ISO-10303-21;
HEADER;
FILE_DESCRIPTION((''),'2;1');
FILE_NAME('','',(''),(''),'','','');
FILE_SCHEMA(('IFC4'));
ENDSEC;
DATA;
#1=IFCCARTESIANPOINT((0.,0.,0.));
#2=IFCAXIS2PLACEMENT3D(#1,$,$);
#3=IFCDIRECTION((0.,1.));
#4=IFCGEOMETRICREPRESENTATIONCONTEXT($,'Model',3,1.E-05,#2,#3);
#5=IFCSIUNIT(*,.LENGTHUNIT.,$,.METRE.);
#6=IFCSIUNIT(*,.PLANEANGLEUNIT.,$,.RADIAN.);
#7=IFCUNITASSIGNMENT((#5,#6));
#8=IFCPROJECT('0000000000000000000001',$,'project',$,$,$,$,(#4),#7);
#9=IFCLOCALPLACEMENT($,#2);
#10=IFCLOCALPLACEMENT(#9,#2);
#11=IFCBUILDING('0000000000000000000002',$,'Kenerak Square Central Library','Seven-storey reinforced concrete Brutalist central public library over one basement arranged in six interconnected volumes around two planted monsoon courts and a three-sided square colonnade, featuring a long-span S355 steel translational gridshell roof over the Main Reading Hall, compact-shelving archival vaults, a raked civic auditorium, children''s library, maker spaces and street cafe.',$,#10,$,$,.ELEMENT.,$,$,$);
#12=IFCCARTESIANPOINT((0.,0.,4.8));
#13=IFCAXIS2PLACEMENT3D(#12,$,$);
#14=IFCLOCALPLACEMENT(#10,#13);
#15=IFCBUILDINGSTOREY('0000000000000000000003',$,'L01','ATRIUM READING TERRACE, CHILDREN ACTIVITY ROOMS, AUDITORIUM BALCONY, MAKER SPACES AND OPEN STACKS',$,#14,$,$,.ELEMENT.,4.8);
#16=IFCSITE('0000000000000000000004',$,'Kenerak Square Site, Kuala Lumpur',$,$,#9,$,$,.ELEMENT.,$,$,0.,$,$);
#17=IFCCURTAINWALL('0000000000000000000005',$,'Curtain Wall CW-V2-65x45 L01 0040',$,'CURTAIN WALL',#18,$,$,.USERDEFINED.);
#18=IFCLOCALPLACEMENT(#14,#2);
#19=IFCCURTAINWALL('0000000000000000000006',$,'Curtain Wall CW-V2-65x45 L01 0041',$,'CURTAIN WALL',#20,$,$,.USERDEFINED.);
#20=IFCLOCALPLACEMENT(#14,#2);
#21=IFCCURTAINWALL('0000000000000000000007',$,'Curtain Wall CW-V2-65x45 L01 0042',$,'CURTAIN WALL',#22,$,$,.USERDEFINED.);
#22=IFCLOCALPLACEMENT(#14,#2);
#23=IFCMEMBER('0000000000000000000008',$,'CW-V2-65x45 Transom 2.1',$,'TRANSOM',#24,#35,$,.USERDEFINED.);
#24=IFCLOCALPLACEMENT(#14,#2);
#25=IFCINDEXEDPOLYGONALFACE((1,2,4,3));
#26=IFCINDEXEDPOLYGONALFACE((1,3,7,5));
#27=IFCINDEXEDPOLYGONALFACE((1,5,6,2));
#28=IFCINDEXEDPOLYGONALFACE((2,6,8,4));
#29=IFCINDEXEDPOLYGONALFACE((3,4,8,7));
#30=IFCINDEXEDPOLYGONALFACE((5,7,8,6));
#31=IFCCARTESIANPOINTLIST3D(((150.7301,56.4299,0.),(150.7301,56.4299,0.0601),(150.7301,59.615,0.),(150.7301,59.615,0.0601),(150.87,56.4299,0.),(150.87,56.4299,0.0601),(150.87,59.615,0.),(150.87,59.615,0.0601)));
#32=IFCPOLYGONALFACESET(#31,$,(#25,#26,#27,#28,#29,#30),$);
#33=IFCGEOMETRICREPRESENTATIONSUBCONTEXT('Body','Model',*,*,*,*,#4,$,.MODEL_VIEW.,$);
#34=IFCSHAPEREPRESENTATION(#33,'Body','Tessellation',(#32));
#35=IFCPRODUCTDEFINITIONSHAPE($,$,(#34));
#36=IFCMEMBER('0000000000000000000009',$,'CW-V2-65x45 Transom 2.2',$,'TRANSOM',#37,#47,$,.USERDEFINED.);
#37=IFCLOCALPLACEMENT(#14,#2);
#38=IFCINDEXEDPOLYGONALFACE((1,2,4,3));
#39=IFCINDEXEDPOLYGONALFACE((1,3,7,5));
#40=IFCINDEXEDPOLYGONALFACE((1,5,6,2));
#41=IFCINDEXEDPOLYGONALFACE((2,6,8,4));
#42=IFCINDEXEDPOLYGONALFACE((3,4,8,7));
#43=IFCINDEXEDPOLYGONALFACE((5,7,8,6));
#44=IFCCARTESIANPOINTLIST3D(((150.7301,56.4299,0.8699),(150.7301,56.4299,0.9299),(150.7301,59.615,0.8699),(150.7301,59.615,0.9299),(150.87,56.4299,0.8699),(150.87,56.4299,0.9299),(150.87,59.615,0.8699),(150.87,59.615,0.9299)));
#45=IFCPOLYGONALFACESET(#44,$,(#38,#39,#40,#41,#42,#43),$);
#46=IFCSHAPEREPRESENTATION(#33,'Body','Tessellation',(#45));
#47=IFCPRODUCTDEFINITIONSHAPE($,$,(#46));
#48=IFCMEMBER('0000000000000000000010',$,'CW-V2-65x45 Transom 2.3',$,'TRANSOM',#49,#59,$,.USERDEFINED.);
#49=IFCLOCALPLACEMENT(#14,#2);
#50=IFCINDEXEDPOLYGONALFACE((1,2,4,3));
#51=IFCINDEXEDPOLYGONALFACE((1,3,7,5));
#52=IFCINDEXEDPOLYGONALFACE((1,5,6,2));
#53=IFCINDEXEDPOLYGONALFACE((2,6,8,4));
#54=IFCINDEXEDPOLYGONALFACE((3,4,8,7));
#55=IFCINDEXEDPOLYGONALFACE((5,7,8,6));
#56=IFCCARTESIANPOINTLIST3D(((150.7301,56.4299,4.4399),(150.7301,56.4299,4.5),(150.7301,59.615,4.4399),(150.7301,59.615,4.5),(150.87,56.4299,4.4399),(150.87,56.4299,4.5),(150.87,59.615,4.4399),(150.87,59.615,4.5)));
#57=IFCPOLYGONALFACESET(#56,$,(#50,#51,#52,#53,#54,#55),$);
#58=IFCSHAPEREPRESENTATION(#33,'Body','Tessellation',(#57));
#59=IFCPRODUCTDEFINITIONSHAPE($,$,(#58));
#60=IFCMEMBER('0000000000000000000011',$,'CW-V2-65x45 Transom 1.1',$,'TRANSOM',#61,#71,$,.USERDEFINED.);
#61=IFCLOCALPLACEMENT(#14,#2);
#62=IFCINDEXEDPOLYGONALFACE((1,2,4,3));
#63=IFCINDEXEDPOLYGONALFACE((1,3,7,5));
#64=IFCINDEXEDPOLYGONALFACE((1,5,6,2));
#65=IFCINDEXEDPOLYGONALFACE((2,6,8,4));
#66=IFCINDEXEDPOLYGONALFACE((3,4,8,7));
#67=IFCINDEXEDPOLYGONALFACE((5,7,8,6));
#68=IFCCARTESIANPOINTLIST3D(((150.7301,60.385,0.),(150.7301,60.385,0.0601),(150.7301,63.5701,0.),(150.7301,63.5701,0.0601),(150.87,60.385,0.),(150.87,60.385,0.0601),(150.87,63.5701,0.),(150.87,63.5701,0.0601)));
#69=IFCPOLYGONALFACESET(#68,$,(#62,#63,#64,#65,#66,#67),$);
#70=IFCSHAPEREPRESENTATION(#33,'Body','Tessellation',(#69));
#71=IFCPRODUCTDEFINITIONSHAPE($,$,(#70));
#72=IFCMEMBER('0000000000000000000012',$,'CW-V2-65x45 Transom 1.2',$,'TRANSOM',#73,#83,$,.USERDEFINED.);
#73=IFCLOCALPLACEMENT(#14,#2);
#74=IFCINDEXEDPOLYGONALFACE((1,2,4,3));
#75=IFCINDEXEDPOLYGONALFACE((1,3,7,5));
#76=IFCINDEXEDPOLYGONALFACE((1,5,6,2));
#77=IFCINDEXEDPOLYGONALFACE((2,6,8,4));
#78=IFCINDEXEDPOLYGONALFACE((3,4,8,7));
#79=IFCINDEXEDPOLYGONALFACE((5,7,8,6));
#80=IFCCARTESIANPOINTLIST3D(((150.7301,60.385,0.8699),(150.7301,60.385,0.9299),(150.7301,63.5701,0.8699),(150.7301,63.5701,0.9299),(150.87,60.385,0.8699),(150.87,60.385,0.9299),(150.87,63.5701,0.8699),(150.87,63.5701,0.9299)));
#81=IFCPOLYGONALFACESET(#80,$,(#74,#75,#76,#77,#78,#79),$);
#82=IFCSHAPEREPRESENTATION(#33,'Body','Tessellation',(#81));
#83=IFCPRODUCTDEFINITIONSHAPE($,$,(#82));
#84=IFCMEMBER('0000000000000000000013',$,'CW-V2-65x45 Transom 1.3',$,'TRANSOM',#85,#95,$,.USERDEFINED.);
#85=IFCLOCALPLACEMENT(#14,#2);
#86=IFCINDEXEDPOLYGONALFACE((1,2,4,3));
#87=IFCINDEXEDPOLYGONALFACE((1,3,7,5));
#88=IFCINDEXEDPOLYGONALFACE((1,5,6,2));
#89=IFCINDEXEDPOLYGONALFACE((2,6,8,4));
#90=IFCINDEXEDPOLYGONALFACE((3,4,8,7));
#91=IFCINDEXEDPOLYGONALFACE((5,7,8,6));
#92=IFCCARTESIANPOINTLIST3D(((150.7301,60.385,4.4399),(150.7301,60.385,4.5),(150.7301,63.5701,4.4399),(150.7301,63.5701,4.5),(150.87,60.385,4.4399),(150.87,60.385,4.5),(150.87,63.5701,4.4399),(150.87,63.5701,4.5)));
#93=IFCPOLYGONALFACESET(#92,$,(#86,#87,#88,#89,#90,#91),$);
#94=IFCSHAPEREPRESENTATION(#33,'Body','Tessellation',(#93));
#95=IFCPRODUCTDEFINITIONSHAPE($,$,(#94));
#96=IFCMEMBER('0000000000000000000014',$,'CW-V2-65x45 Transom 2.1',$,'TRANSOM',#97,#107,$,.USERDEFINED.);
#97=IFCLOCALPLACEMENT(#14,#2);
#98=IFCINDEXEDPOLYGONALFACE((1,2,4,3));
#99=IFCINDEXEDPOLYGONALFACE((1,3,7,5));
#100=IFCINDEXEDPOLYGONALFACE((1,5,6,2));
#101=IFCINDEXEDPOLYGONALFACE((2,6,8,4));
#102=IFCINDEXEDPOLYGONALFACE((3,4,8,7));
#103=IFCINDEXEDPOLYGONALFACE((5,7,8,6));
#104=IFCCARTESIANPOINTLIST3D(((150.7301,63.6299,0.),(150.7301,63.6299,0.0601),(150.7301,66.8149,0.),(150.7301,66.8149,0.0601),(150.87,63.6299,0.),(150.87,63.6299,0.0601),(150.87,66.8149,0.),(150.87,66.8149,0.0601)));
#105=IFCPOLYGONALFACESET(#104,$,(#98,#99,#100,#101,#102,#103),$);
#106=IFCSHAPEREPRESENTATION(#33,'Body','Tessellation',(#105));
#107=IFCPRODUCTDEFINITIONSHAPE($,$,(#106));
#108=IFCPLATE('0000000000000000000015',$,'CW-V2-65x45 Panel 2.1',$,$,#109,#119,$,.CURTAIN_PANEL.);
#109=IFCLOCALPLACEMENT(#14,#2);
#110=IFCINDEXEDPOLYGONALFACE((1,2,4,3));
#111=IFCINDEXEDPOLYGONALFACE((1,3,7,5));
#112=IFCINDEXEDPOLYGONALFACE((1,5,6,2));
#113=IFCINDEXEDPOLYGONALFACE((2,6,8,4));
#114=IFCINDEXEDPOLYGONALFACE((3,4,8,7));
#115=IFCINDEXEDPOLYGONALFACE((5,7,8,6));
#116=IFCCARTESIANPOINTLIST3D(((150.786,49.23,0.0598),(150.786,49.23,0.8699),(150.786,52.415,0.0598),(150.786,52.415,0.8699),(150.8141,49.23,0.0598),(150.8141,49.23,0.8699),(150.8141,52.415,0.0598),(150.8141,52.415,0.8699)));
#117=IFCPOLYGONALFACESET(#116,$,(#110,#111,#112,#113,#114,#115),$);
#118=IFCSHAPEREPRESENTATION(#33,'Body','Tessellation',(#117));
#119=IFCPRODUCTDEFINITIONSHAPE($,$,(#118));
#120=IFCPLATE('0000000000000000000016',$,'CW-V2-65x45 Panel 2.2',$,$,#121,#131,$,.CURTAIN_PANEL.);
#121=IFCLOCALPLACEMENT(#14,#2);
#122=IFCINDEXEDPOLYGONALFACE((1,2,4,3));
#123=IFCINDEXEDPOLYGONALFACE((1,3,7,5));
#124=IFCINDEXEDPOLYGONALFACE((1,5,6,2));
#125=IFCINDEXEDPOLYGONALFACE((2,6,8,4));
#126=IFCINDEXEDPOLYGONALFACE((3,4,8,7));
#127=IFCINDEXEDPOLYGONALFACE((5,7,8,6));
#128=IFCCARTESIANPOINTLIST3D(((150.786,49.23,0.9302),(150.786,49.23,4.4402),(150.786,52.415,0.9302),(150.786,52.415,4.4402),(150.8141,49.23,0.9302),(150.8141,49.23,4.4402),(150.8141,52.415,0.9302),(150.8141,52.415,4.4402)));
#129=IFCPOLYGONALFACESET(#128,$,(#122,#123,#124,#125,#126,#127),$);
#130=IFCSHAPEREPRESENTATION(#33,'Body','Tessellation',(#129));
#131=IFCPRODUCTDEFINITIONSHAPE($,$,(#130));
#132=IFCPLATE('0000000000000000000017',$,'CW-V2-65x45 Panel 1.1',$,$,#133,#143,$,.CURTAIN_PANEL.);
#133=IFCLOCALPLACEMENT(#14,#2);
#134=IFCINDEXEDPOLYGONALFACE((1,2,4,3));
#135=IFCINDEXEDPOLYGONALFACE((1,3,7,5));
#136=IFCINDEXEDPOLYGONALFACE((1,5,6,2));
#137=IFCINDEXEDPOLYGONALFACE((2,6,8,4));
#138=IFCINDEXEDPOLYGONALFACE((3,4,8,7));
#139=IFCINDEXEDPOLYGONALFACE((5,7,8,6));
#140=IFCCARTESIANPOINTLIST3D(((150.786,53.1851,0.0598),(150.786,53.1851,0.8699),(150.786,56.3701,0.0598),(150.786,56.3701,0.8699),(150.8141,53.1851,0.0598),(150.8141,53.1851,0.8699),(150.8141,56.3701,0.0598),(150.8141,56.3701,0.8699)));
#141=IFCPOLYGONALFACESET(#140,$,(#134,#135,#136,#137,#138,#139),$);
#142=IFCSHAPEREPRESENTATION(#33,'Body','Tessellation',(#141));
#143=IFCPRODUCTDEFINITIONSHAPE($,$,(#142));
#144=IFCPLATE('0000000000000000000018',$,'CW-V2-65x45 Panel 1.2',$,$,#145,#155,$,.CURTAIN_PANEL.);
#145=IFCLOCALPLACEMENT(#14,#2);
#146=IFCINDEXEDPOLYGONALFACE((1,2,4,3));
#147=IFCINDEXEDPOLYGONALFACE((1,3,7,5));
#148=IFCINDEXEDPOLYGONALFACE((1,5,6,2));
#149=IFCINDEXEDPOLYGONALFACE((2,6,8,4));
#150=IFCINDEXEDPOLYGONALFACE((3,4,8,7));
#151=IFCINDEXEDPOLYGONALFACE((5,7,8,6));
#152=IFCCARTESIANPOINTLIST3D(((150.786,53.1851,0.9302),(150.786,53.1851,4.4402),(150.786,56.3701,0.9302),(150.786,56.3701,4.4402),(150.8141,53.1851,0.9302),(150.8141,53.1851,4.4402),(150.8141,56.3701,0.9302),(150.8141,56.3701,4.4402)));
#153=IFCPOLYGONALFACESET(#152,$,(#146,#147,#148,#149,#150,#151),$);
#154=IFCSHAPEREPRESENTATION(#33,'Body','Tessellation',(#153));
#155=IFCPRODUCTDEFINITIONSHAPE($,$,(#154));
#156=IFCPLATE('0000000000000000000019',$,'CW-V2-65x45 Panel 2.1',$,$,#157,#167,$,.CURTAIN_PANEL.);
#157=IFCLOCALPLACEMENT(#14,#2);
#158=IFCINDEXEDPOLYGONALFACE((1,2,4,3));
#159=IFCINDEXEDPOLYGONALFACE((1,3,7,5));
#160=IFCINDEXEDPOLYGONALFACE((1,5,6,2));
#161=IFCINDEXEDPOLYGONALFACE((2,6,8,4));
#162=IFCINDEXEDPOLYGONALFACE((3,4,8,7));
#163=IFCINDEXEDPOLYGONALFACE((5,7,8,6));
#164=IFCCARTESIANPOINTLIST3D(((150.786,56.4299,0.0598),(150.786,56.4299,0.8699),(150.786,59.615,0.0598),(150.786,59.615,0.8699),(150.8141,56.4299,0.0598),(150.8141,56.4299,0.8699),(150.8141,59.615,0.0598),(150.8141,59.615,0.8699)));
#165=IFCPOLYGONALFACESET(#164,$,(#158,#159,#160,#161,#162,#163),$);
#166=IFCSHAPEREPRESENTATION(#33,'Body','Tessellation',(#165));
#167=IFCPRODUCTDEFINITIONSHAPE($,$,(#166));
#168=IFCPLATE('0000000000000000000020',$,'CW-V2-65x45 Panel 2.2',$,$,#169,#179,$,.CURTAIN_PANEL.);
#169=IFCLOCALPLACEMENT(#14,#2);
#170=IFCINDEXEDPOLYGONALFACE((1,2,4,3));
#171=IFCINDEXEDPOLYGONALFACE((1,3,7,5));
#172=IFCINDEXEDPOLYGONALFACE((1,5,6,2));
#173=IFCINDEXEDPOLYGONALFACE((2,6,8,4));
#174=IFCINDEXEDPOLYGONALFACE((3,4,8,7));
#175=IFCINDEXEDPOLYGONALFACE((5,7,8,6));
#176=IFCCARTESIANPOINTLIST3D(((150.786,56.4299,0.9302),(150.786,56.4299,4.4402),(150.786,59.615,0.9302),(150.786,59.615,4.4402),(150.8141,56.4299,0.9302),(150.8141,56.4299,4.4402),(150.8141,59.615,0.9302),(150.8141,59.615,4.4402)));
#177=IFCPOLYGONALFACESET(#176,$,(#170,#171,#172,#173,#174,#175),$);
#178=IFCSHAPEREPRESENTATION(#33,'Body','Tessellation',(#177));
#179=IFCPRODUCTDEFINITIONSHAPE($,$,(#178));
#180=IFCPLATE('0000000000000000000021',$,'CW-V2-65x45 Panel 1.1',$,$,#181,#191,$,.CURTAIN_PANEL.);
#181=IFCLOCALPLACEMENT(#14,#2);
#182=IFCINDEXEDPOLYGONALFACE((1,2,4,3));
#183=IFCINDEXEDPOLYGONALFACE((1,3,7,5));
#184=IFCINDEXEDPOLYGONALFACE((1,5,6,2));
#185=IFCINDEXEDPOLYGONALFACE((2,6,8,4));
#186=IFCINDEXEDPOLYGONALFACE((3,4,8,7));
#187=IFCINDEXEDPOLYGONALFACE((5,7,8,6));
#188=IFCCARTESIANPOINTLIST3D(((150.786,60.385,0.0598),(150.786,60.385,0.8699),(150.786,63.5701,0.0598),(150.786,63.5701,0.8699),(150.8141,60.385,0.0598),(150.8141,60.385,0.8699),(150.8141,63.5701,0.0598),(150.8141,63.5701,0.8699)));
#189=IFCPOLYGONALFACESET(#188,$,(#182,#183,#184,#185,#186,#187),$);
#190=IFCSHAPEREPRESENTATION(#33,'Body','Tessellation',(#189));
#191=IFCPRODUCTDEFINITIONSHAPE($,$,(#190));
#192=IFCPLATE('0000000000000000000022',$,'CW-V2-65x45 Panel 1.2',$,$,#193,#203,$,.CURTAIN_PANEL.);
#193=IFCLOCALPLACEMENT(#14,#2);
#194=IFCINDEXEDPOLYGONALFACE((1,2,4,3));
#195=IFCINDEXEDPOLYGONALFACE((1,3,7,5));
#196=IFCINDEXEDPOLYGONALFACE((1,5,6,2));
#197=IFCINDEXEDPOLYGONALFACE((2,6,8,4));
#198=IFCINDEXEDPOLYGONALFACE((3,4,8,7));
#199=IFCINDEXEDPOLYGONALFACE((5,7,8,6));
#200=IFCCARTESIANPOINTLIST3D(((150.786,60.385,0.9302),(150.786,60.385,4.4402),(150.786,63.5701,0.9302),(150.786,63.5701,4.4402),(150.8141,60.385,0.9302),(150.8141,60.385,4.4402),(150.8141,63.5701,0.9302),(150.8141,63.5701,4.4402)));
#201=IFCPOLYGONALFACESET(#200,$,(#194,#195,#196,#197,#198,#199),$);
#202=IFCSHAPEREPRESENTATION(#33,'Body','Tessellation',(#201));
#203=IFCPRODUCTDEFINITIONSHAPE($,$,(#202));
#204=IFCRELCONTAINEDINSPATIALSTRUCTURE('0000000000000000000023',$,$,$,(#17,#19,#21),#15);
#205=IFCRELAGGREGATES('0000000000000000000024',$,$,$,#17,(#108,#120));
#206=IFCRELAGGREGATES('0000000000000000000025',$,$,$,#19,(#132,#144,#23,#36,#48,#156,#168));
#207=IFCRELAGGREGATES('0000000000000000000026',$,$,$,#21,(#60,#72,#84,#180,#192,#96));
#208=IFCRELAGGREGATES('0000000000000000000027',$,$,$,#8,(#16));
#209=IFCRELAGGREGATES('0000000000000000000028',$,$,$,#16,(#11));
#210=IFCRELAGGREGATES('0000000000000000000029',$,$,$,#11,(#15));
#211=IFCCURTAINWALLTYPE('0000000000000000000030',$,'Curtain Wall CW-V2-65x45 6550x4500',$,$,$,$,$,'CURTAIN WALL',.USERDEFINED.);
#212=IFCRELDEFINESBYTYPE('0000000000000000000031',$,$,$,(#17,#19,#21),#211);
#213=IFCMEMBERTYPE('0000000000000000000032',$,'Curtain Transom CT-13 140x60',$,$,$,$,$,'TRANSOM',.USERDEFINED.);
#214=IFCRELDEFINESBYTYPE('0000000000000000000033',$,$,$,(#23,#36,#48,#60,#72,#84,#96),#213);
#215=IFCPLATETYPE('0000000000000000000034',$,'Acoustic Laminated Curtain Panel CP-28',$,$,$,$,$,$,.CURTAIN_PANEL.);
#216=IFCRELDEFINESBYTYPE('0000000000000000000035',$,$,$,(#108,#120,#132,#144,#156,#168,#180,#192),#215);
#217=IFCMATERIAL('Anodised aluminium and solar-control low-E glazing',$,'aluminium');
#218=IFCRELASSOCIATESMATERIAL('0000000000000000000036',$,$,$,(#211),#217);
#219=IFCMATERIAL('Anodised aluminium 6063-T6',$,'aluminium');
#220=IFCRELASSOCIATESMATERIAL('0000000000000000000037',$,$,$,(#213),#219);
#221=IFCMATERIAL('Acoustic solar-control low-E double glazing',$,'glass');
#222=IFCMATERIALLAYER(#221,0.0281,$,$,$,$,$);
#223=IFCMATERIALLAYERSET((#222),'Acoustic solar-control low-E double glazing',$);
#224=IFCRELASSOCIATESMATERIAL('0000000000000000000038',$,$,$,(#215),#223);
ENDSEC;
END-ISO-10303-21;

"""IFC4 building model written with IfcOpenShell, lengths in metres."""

from ifc_helpers import new_model, si_unit, direction, frame, origin, origin_2d, place, context, subcontext, project, spatial, rectangle, extrude, material, layer, layer_set, material_profile, profile_set, type_object, element, aggregate, save


model = new_model("IFC4")

# Units and contexts
model_context = context("Model", 3, precision=1e-05, world=origin(), true_north=direction((0.0, 1.0)))
body_context = subcontext(model_context, "Body", "Model", "MODEL_VIEW")
ifc_project = project(units=[si_unit("LENGTHUNIT", "METRE"), si_unit("PLANEANGLEUNIT", "RADIAN")], contexts=[model_context])

# Site, building, storey
site_placement = place(None, origin())
site = spatial("IfcSite", under=ifc_project, at=site_placement, Name="Kenerak Square Site, Kuala Lumpur", CompositionType="ELEMENT", RefElevation=0.0)
building_placement = place(site_placement, origin())
building = spatial("IfcBuilding", under=site, at=building_placement, Name="Kenerak Square Central Library", Description="Seven-storey reinforced concrete Brutalist central public library over one basement arranged in six interconnected volumes around two planted monsoon courts and a three-sided square colonnade, featuring a long-span S355 steel translational gridshell roof over the Main Reading Hall, compact-shelving archival vaults, a raked civic auditorium, children's library, maker spaces and street cafe.", CompositionType="ELEMENT")
storey_placement = place(building_placement, frame((0.0, 0.0, 4.8)))
storey = spatial("IfcBuildingStorey", under=building, at=storey_placement, Name="L01", Description="ATRIUM READING TERRACE, CHILDREN ACTIVITY ROOMS, AUDITORIUM BALCONY, MAKER SPACES AND OPEN STACKS", CompositionType="ELEMENT", Elevation=4.8)

# Curtain wall
ifc_material_1 = material(Name="Anodised aluminium and solar-control low-E glazing", Category="aluminium")
curtain_wall_type = type_object("IfcCurtainWallType", Name="Curtain Wall CW-V2-65x45 6550x4500", ElementType="CURTAIN WALL", PredefinedType="USERDEFINED", material=ifc_material_1)
curtain_wall_1_placement = place(storey_placement, origin())
curtain_wall_1 = element("IfcCurtainWall", 1, at=curtain_wall_1_placement, inside=storey, type_object=curtain_wall_type, Name="Curtain Wall CW-V2-65x45 L01 0040", ObjectType="CURTAIN WALL", PredefinedType="USERDEFINED")
ifc_material_2 = material(Name="Anodised aluminium 6063-T6", Category="aluminium")

# Curtain walls
curtain_wall_2_placement = place(storey_placement, origin())
curtain_wall_2 = element("IfcCurtainWall", 2, at=curtain_wall_2_placement, inside=storey, type_object=curtain_wall_type, Name="Curtain Wall CW-V2-65x45 L01 0041", ObjectType="CURTAIN WALL", PredefinedType="USERDEFINED")
curtain_wall_3_placement = place(storey_placement, origin())
curtain_wall_3 = element("IfcCurtainWall", 3, at=curtain_wall_3_placement, inside=storey, type_object=curtain_wall_type, Name="Curtain Wall CW-V2-65x45 L01 0042", ObjectType="CURTAIN WALL", PredefinedType="USERDEFINED")

# Members
ifc_material_profile_1 = material_profile(ifc_material_2, rectangle(XDim=0.1399, YDim=0.0601, at=origin_2d()), Name="AL TRANSOM 140x60")
ifc_profile_set_1 = profile_set([ifc_material_profile_1], Name="Anodised aluminium 6063-T6")
member_type_1 = type_object("IfcMemberType", Name="Curtain Transom CT-13 140x60", ElementType="TRANSOM", PredefinedType="USERDEFINED", material=ifc_profile_set_1)
member_1_placement = place(storey_placement, frame((150.8, 56.4299, 0.03), z_axis=(0.0, 1.0, 0.0), x_axis=(-1.0, 0.0, 0.0)))
member_1 = element("IfcMember", 4, at=member_1_placement, type_object=member_type_1, Name="CW-V2-65x45 Transom 2.1", ObjectType="TRANSOM", PredefinedType="USERDEFINED", context=body_context, shape_type="SweptSolid", body=[
    extrude(rectangle(XDim=0.1399, YDim=0.0601, at=origin_2d()), origin(), (0.0, 0.0, 1.0), 3.1851),
])
member_2_placement = place(storey_placement, frame((150.8, 56.4299, 0.8999), z_axis=(0.0, 1.0, 0.0), x_axis=(-1.0, 0.0, 0.0)))
member_2 = element("IfcMember", 5, at=member_2_placement, type_object=member_type_1, Name="CW-V2-65x45 Transom 2.2", ObjectType="TRANSOM", PredefinedType="USERDEFINED", context=body_context, shape_type="SweptSolid", body=[
    extrude(rectangle(XDim=0.1399, YDim=0.0601, at=origin_2d()), origin(), (0.0, 0.0, 1.0), 3.1851),
])
member_3_placement = place(storey_placement, frame((150.8, 56.4299, 4.47), z_axis=(0.0, 1.0, 0.0), x_axis=(-1.0, 0.0, 0.0)))
member_3 = element("IfcMember", 6, at=member_3_placement, type_object=member_type_1, Name="CW-V2-65x45 Transom 2.3", ObjectType="TRANSOM", PredefinedType="USERDEFINED", context=body_context, shape_type="SweptSolid", body=[
    extrude(rectangle(XDim=0.1399, YDim=0.0601, at=origin_2d()), origin(), (0.0, 0.0, 1.0), 3.1851),
])
member_4_placement = place(storey_placement, frame((150.8, 60.385, 0.03), z_axis=(0.0, 1.0, 0.0), x_axis=(-1.0, 0.0, 0.0)))
member_4 = element("IfcMember", 7, at=member_4_placement, type_object=member_type_1, Name="CW-V2-65x45 Transom 1.1", ObjectType="TRANSOM", PredefinedType="USERDEFINED", context=body_context, shape_type="SweptSolid", body=[
    extrude(rectangle(XDim=0.1399, YDim=0.0601, at=origin_2d()), origin(), (0.0, 0.0, 1.0), 3.1851),
])
member_5_placement = place(storey_placement, frame((150.8, 60.385, 0.8999), z_axis=(0.0, 1.0, 0.0), x_axis=(-1.0, 0.0, 0.0)))
member_5 = element("IfcMember", 8, at=member_5_placement, type_object=member_type_1, Name="CW-V2-65x45 Transom 1.2", ObjectType="TRANSOM", PredefinedType="USERDEFINED", context=body_context, shape_type="SweptSolid", body=[
    extrude(rectangle(XDim=0.1399, YDim=0.0601, at=origin_2d()), origin(), (0.0, 0.0, 1.0), 3.1851),
])
member_6_placement = place(storey_placement, frame((150.8, 60.385, 4.47), z_axis=(0.0, 1.0, 0.0), x_axis=(-1.0, 0.0, 0.0)))
member_6 = element("IfcMember", 9, at=member_6_placement, type_object=member_type_1, Name="CW-V2-65x45 Transom 1.3", ObjectType="TRANSOM", PredefinedType="USERDEFINED", context=body_context, shape_type="SweptSolid", body=[
    extrude(rectangle(XDim=0.1399, YDim=0.0601, at=origin_2d()), origin(), (0.0, 0.0, 1.0), 3.1851),
])
member_7_placement = place(storey_placement, frame((150.8, 63.6299, 0.03), z_axis=(0.0, 1.0, 0.0), x_axis=(-1.0, 0.0, 0.0)))
member_7 = element("IfcMember", 10, at=member_7_placement, type_object=member_type_1, Name="CW-V2-65x45 Transom 2.1", ObjectType="TRANSOM", PredefinedType="USERDEFINED", context=body_context, shape_type="SweptSolid", body=[
    extrude(rectangle(XDim=0.1399, YDim=0.0601, at=origin_2d()), origin(), (0.0, 0.0, 1.0), 3.1851),
])

# Plates
ifc_material_3 = material(Name="Acoustic solar-control low-E double glazing", Category="glass")
ifc_layer = layer(ifc_material_3, 0.0281)
ifc_layer_set = layer_set([ifc_layer], Name="Acoustic solar-control low-E double glazing")
plate_type = type_object("IfcPlateType", Name="Acoustic Laminated Curtain Panel CP-28", PredefinedType="CURTAIN_PANEL", material=ifc_layer_set)
plate_1_placement = place(storey_placement, frame((150.8, 50.8225, 0.0598), z_axis=(0.0, 0.0, 1.0), x_axis=(0.0, 1.0, 0.0)))
plate_1 = element("IfcPlate", 11, at=plate_1_placement, type_object=plate_type, Name="CW-V2-65x45 Panel 2.1", PredefinedType="CURTAIN_PANEL", context=body_context, shape_type="SweptSolid", body=[
    extrude(rectangle(XDim=3.1851, YDim=0.0281, at=origin_2d()), origin(), (0.0, 0.0, 1.0), 0.8101),
])
plate_2_placement = place(storey_placement, frame((150.8, 50.8225, 0.9302), z_axis=(0.0, 0.0, 1.0), x_axis=(0.0, 1.0, 0.0)))
plate_2 = element("IfcPlate", 12, at=plate_2_placement, type_object=plate_type, Name="CW-V2-65x45 Panel 2.2", PredefinedType="CURTAIN_PANEL", context=body_context, shape_type="SweptSolid", body=[
    extrude(rectangle(XDim=3.1851, YDim=0.0281, at=origin_2d()), origin(), (0.0, 0.0, 1.0), 3.51),
])
aggregate(curtain_wall_1, [plate_1, plate_2])
plate_3_placement = place(storey_placement, frame((150.8, 54.7776, 0.0598), z_axis=(0.0, 0.0, 1.0), x_axis=(0.0, 1.0, 0.0)))
plate_3 = element("IfcPlate", 13, at=plate_3_placement, type_object=plate_type, Name="CW-V2-65x45 Panel 1.1", PredefinedType="CURTAIN_PANEL", context=body_context, shape_type="SweptSolid", body=[
    extrude(rectangle(XDim=3.1851, YDim=0.0281, at=origin_2d()), origin(), (0.0, 0.0, 1.0), 0.8101),
])
plate_4_placement = place(storey_placement, frame((150.8, 54.7776, 0.9302), z_axis=(0.0, 0.0, 1.0), x_axis=(0.0, 1.0, 0.0)))
plate_4 = element("IfcPlate", 14, at=plate_4_placement, type_object=plate_type, Name="CW-V2-65x45 Panel 1.2", PredefinedType="CURTAIN_PANEL", context=body_context, shape_type="SweptSolid", body=[
    extrude(rectangle(XDim=3.1851, YDim=0.0281, at=origin_2d()), origin(), (0.0, 0.0, 1.0), 3.51),
])
plate_5_placement = place(storey_placement, frame((150.8, 58.0225, 0.0598), z_axis=(0.0, 0.0, 1.0), x_axis=(0.0, 1.0, 0.0)))
plate_5 = element("IfcPlate", 15, at=plate_5_placement, type_object=plate_type, Name="CW-V2-65x45 Panel 2.1", PredefinedType="CURTAIN_PANEL", context=body_context, shape_type="SweptSolid", body=[
    extrude(rectangle(XDim=3.1851, YDim=0.0281, at=origin_2d()), origin(), (0.0, 0.0, 1.0), 0.8101),
])
plate_6_placement = place(storey_placement, frame((150.8, 58.0225, 0.9302), z_axis=(0.0, 0.0, 1.0), x_axis=(0.0, 1.0, 0.0)))
plate_6 = element("IfcPlate", 16, at=plate_6_placement, type_object=plate_type, Name="CW-V2-65x45 Panel 2.2", PredefinedType="CURTAIN_PANEL", context=body_context, shape_type="SweptSolid", body=[
    extrude(rectangle(XDim=3.1851, YDim=0.0281, at=origin_2d()), origin(), (0.0, 0.0, 1.0), 3.51),
])
aggregate(curtain_wall_2, [plate_3, plate_4, member_1, member_2, member_3, plate_5, plate_6])
plate_7_placement = place(storey_placement, frame((150.8, 61.9775, 0.0598), z_axis=(0.0, 0.0, 1.0), x_axis=(0.0, 1.0, 0.0)))
plate_7 = element("IfcPlate", 17, at=plate_7_placement, type_object=plate_type, Name="CW-V2-65x45 Panel 1.1", PredefinedType="CURTAIN_PANEL", context=body_context, shape_type="SweptSolid", body=[
    extrude(rectangle(XDim=3.1851, YDim=0.0281, at=origin_2d()), origin(), (0.0, 0.0, 1.0), 0.8101),
])
plate_8_placement = place(storey_placement, frame((150.8, 61.9775, 0.9302), z_axis=(0.0, 0.0, 1.0), x_axis=(0.0, 1.0, 0.0)))
plate_8 = element("IfcPlate", 18, at=plate_8_placement, type_object=plate_type, Name="CW-V2-65x45 Panel 1.2", PredefinedType="CURTAIN_PANEL", context=body_context, shape_type="SweptSolid", body=[
    extrude(rectangle(XDim=3.1851, YDim=0.0281, at=origin_2d()), origin(), (0.0, 0.0, 1.0), 3.51),
])
aggregate(curtain_wall_3, [member_4, member_5, member_6, plate_7, plate_8, member_7])

save(model, "model.ifc")
